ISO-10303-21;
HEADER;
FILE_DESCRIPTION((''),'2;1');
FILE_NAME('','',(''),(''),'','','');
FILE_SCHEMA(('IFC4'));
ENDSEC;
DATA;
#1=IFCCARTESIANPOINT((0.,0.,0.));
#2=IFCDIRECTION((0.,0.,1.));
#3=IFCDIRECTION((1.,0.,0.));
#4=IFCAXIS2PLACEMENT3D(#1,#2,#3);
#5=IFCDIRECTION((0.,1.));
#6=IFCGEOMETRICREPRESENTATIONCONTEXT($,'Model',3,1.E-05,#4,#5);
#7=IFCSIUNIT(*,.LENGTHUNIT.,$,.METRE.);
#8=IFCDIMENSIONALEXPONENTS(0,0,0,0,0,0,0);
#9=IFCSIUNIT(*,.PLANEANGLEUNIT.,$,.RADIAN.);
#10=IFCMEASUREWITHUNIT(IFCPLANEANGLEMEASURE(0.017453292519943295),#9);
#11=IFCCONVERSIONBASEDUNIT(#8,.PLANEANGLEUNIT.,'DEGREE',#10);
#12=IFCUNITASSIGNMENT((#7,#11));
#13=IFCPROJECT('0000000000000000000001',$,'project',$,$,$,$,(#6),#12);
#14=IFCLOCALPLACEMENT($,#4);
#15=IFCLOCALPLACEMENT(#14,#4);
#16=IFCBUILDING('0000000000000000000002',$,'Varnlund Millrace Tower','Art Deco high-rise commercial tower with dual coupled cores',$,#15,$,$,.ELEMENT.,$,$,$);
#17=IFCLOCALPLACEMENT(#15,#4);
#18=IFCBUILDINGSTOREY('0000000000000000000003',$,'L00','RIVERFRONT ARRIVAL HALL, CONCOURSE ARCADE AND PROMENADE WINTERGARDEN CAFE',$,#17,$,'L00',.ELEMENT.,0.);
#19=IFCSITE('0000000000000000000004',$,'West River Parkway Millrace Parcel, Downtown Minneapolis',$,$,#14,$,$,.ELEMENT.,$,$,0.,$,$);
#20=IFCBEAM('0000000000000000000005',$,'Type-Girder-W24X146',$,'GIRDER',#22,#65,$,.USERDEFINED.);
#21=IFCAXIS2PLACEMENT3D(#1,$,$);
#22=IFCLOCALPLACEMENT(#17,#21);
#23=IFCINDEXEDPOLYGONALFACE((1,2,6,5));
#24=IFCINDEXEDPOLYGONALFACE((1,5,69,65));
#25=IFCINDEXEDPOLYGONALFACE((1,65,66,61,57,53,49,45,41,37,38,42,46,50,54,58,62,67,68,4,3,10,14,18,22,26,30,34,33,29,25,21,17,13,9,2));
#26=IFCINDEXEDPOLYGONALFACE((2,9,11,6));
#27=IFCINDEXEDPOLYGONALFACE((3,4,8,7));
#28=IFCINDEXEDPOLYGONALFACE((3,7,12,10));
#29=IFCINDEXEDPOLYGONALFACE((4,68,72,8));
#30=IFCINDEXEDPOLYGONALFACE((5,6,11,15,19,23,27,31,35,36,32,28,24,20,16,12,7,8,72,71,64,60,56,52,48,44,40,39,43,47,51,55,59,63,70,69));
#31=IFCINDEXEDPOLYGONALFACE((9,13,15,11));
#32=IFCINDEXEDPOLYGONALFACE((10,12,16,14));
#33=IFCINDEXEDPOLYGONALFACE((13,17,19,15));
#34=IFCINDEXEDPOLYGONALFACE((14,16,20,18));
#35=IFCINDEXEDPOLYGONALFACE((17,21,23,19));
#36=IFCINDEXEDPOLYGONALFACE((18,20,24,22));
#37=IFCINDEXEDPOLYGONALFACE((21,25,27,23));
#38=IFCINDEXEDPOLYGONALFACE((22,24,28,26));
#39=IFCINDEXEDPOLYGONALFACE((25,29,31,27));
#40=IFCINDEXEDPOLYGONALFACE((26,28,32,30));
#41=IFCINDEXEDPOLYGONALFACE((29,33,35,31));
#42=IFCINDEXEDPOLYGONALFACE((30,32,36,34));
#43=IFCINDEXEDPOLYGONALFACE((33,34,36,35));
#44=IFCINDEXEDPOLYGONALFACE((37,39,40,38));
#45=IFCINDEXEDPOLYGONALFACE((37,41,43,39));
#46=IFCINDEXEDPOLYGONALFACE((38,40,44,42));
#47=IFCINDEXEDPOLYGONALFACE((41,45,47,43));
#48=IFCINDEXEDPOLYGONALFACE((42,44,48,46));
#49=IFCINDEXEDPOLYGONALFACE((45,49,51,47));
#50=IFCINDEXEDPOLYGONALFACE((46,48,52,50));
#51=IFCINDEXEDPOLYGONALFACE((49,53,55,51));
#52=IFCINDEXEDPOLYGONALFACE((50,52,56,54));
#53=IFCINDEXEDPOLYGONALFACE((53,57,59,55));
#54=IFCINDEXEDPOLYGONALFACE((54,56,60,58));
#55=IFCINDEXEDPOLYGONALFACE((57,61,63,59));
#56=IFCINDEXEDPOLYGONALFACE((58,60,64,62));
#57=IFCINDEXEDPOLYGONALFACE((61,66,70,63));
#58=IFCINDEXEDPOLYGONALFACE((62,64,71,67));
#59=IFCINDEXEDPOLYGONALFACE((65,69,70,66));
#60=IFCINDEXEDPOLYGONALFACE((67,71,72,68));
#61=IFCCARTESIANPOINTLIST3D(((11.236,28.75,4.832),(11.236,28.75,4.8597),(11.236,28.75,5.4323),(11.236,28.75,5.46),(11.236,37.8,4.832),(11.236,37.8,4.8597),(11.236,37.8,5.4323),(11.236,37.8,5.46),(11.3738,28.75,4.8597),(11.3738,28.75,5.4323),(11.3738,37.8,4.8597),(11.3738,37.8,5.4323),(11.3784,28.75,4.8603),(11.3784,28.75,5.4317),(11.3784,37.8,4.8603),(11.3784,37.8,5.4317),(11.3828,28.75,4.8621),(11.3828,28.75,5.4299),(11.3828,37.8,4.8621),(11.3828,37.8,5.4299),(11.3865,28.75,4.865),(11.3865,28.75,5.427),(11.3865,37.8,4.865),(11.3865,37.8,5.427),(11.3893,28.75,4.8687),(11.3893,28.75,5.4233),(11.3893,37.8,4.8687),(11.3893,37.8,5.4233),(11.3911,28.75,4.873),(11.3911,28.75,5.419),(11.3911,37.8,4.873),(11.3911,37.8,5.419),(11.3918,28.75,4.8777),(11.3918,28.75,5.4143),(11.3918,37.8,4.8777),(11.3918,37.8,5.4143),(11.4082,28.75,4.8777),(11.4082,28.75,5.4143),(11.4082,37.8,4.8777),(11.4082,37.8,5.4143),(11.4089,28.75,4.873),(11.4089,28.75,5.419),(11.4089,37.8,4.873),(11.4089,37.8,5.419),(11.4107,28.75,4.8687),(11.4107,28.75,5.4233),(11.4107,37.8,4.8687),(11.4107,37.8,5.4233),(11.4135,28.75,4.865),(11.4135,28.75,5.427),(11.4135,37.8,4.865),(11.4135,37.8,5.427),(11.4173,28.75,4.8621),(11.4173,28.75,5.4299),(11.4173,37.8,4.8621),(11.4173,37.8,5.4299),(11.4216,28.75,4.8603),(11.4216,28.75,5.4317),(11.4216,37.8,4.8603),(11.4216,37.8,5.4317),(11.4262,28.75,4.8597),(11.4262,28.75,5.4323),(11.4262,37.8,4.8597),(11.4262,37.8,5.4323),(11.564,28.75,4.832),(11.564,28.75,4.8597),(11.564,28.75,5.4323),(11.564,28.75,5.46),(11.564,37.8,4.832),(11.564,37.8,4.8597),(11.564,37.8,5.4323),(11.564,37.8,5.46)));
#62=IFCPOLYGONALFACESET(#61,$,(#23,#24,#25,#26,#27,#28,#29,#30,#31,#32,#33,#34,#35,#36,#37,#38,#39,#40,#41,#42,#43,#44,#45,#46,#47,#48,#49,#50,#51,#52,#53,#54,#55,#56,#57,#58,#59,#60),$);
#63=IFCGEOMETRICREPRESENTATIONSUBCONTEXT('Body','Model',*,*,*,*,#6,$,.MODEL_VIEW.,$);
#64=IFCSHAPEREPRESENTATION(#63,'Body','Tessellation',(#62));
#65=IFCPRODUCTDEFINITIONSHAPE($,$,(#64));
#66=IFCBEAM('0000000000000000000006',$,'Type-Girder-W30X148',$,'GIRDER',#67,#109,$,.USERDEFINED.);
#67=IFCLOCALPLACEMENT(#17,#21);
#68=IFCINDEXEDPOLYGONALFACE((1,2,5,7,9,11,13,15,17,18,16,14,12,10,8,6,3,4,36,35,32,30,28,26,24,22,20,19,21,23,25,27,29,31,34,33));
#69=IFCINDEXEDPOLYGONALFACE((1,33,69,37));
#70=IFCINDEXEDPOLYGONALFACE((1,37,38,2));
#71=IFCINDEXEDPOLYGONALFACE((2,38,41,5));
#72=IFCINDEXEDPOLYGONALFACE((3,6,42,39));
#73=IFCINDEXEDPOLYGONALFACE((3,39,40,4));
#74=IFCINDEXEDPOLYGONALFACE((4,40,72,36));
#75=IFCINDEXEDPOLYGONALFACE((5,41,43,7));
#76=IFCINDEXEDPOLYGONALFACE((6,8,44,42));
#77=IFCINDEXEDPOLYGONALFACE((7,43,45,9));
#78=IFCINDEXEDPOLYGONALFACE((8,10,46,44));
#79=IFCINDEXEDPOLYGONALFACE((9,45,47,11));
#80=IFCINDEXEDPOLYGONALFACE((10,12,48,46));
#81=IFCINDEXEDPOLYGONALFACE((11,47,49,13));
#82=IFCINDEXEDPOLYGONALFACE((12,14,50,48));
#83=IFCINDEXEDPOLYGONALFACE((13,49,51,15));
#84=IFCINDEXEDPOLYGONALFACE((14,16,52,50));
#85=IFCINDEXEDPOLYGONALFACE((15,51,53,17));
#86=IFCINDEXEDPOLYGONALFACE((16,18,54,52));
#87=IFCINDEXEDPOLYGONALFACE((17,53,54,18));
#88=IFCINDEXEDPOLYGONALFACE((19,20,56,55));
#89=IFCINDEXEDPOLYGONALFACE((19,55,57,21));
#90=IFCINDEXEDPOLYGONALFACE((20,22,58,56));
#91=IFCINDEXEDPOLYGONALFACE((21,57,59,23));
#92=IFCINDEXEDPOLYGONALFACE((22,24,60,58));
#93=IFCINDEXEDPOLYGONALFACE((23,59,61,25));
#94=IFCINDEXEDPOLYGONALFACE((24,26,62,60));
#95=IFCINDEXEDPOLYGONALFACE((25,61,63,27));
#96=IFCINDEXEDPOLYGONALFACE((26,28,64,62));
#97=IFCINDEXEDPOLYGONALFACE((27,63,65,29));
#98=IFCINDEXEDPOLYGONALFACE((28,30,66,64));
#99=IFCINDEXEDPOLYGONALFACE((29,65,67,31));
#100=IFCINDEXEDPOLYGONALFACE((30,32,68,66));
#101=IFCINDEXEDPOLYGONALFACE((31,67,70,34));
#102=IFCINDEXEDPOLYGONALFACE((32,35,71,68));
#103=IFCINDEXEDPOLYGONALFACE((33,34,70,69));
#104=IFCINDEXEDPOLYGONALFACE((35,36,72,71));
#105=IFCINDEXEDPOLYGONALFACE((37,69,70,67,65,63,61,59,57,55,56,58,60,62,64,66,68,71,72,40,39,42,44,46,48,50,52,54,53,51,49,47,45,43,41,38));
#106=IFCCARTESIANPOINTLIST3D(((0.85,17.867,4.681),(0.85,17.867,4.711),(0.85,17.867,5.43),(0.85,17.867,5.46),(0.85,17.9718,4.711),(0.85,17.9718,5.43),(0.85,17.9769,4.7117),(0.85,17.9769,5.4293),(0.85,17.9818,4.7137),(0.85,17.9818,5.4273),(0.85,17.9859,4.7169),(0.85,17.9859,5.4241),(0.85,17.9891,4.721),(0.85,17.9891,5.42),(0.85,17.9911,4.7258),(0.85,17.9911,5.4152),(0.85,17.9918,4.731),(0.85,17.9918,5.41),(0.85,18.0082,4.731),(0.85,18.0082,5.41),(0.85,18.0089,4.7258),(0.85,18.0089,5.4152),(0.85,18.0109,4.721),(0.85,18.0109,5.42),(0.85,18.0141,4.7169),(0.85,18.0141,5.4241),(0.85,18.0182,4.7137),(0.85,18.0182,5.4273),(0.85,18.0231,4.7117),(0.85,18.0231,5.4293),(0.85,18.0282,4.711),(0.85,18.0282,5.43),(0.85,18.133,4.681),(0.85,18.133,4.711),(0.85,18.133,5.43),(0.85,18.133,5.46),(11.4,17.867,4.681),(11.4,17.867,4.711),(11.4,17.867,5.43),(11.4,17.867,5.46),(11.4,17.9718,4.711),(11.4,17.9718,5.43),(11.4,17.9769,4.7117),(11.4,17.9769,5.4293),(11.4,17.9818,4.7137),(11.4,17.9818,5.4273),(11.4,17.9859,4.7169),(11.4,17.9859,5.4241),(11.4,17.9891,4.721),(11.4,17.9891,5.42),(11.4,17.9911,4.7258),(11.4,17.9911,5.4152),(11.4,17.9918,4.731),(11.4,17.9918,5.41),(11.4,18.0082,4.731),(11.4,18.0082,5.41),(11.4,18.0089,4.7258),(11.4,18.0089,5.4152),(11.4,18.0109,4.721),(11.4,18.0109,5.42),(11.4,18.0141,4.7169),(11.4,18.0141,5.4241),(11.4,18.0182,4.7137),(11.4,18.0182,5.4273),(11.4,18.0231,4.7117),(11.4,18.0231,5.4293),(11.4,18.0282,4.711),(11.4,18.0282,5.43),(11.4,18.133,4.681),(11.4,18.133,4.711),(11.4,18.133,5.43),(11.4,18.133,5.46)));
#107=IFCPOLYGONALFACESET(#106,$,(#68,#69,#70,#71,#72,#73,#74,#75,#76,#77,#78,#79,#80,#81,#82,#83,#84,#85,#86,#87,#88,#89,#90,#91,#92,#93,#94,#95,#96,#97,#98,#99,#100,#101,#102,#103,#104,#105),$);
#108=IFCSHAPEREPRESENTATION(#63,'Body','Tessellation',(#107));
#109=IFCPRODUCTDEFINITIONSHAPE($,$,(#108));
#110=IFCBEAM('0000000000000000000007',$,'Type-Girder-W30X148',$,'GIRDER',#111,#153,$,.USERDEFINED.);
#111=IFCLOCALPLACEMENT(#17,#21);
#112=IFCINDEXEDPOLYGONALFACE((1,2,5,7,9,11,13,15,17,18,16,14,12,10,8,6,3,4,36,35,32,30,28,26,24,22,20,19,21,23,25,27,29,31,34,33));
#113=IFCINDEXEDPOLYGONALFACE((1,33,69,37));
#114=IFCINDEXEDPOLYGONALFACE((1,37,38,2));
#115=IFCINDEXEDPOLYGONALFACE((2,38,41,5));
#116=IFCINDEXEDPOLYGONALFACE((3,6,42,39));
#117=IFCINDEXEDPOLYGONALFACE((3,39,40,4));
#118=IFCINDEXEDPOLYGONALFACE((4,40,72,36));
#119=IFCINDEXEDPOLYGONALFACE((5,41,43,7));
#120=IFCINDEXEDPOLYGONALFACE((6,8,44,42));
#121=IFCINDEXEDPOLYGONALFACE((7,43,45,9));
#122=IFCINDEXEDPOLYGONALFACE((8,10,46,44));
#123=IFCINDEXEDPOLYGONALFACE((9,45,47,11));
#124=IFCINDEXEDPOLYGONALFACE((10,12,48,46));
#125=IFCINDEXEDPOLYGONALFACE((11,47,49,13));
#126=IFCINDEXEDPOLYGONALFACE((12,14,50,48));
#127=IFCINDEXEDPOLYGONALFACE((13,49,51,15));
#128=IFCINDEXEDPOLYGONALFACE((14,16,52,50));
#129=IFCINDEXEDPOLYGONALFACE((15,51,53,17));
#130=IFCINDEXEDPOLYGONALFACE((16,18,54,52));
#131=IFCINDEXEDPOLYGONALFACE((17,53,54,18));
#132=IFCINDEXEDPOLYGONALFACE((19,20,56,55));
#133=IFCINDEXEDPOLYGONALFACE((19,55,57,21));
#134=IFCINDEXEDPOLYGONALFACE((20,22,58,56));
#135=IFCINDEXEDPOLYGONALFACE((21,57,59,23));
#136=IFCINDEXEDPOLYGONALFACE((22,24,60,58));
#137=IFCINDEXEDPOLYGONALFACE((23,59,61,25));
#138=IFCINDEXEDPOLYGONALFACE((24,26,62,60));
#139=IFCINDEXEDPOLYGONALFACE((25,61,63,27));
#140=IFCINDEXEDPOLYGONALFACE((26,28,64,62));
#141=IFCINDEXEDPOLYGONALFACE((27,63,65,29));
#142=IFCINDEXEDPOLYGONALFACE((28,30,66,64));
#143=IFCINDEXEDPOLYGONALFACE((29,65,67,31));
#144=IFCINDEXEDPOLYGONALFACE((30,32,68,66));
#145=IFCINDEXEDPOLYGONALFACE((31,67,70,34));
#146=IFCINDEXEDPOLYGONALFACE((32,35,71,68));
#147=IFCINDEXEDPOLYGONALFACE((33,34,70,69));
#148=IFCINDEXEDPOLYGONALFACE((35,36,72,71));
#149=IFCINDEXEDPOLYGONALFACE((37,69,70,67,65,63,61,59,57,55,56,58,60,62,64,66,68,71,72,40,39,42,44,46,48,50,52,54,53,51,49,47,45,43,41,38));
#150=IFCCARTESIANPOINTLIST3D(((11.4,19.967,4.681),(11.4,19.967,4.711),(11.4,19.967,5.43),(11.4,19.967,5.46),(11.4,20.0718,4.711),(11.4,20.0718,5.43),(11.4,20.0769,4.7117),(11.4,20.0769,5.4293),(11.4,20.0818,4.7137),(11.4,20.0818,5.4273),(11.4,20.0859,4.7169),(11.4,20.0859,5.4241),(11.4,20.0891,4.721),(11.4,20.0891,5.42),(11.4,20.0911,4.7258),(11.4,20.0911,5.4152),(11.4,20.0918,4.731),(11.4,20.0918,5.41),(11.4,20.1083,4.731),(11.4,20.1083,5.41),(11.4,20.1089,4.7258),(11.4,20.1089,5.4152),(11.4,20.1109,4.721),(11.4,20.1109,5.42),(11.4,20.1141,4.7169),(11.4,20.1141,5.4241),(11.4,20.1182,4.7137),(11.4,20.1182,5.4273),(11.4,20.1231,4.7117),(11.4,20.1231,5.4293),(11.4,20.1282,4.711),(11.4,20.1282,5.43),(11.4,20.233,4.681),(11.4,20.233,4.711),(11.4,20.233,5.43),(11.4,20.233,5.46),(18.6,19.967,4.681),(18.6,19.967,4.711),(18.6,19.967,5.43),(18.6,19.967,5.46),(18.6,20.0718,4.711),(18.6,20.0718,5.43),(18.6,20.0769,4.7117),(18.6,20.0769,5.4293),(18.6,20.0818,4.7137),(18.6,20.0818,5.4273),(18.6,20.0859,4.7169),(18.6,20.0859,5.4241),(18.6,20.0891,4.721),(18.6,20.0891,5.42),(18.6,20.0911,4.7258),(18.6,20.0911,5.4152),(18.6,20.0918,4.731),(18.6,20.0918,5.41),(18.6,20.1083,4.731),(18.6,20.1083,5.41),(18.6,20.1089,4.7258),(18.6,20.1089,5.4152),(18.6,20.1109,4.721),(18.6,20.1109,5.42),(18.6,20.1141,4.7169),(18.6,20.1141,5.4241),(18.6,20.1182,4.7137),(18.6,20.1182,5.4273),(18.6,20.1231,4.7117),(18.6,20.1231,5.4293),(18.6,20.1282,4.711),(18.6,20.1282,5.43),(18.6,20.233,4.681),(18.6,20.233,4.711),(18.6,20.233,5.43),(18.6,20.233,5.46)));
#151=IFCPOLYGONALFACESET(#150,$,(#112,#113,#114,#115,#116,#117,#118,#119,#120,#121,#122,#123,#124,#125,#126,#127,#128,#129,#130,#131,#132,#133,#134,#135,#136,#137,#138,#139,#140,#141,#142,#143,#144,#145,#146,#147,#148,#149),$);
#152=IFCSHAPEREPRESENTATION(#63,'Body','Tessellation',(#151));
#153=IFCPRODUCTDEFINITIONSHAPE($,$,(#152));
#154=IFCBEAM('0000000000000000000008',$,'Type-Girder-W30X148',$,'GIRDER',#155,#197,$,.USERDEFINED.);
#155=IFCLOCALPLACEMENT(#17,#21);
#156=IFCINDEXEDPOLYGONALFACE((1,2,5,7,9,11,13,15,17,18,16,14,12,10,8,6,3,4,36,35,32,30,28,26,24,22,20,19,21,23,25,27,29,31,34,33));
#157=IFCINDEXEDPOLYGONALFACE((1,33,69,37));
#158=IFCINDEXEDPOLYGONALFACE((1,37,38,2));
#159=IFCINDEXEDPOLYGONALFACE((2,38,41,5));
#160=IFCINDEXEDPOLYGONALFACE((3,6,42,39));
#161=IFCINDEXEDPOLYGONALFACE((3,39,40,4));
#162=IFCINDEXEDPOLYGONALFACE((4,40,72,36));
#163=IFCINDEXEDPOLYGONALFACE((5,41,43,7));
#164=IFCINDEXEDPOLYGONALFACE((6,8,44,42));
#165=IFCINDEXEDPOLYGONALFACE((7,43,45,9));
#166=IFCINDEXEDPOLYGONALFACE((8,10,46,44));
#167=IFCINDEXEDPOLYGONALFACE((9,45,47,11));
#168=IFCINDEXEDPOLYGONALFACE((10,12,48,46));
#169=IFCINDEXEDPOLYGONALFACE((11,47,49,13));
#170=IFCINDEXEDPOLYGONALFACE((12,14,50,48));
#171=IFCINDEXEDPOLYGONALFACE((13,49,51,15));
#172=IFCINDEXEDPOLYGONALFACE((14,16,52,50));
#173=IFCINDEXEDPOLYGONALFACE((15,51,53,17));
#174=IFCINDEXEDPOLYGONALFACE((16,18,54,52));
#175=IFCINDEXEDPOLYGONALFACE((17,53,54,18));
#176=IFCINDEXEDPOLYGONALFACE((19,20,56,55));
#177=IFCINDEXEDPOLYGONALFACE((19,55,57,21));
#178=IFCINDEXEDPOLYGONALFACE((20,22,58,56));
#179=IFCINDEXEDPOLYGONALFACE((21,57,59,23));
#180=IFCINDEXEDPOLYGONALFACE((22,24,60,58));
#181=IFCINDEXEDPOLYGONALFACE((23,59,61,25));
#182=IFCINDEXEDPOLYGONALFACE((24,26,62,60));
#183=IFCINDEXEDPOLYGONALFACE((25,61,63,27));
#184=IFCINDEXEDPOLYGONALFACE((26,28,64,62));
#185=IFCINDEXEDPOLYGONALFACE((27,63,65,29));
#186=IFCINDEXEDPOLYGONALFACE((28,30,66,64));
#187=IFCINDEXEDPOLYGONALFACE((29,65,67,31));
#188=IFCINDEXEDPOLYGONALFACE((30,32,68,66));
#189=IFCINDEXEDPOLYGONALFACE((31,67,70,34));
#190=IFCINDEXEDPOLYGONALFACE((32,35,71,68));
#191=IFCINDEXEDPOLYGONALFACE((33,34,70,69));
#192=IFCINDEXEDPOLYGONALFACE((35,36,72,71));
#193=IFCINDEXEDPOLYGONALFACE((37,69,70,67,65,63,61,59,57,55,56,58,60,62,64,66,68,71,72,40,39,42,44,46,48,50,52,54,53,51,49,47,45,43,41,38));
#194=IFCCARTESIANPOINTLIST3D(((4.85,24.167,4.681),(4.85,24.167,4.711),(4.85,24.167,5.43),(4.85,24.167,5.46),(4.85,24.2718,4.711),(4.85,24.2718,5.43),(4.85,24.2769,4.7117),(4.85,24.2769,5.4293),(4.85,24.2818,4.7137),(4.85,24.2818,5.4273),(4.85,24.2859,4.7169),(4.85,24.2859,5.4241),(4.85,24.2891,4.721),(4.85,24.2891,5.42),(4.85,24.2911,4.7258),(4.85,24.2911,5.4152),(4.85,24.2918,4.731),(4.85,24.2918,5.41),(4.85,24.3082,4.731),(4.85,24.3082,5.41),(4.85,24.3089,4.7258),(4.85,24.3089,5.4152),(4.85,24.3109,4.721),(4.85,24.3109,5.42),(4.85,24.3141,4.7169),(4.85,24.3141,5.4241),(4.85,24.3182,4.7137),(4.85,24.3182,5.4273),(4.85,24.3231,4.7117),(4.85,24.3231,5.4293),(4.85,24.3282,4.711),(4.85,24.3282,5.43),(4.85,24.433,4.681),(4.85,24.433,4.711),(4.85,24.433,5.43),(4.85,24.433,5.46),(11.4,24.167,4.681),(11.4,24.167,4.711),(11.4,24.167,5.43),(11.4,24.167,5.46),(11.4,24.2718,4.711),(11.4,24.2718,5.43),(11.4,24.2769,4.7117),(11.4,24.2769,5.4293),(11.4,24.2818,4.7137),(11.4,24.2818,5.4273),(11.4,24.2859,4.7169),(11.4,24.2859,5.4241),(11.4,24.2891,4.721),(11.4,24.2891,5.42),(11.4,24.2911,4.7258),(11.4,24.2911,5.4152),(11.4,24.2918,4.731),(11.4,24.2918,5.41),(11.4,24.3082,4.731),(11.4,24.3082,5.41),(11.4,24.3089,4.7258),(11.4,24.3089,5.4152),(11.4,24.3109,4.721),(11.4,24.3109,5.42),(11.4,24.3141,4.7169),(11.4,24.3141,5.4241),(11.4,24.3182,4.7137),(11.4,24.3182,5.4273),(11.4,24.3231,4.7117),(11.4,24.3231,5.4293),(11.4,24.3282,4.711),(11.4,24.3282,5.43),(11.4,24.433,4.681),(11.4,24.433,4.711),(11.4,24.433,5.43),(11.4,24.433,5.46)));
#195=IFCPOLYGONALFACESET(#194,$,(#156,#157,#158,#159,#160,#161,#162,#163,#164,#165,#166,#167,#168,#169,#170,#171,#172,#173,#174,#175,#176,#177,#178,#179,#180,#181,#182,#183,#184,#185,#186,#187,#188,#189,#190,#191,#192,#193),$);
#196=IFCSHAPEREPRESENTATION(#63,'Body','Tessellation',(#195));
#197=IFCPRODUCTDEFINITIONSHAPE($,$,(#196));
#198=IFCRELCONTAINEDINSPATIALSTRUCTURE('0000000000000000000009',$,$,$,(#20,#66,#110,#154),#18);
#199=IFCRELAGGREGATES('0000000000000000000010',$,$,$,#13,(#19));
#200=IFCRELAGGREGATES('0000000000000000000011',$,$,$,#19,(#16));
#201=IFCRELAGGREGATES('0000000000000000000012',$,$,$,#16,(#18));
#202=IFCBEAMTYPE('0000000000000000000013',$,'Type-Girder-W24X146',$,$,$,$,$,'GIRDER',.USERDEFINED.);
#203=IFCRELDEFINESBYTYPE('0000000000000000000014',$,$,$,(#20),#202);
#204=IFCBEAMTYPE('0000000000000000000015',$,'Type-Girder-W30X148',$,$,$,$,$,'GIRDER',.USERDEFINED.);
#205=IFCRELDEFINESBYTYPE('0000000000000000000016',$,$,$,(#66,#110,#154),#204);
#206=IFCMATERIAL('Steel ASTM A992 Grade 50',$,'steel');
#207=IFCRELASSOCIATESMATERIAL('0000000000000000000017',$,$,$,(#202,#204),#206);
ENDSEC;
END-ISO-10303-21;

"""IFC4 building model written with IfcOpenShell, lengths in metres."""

from ifc_helpers import new_model, entity, si_unit, converted_unit, direction, frame, origin_with_axes, origin_2d_with_axis, place, context, subcontext, project, spatial, i_section, extrude, material, material_profile, profile_set, type_object, element, save


model = new_model("IFC4")

# Units and contexts
model_context = context("Model", 3, precision=1e-05, world=origin_with_axes(), true_north=direction((0.0, 1.0)))
body_context = subcontext(model_context, "Body", "Model", "MODEL_VIEW")
ifc_project = project(units=[si_unit("LENGTHUNIT", "METRE"), converted_unit("PLANEANGLEUNIT", "DEGREE", entity("IfcPlaneAngleMeasure", 0.017453292519943295), si_unit("PLANEANGLEUNIT", "RADIAN"), dimensions=[0, 0, 0, 0, 0, 0, 0])], contexts=[model_context])

# Site, building, storey
site_placement = place(None, origin_with_axes())
site = spatial("IfcSite", under=ifc_project, at=site_placement, Name="West River Parkway Millrace Parcel, Downtown Minneapolis", CompositionType="ELEMENT", RefElevation=0.0)
building_placement = place(site_placement, origin_with_axes())
building = spatial("IfcBuilding", under=site, at=building_placement, Name="Varnlund Millrace Tower", Description="Art Deco high-rise commercial tower with dual coupled cores", CompositionType="ELEMENT")
storey_placement = place(building_placement, origin_with_axes())
storey = spatial("IfcBuildingStorey", under=building, at=storey_placement, Name="L00", Description="RIVERFRONT ARRIVAL HALL, CONCOURSE ARCADE AND PROMENADE WINTERGARDEN CAFE", LongName="L00", CompositionType="ELEMENT", Elevation=0.0)

# Beams
ifc_material_1 = material(Name="Steel ASTM A992 Grade 50", Category="steel")
ifc_material_profile_1 = material_profile(ifc_material_1, i_section(OverallWidth=0.328, OverallDepth=0.628, WebThickness=0.0165, FlangeThickness=0.0277, FilletRadius=0.018, at=origin_2d_with_axis()), Name="Steel ASTM A992 Grade 50")
ifc_profile_set_1 = profile_set([ifc_material_profile_1], Name="Steel ASTM A992 Grade 50")
beam_type_1 = type_object("IfcBeamType", Name="Type-Girder-W24X146", ElementType="GIRDER", PredefinedType="USERDEFINED", material=ifc_profile_set_1)
beam_1_placement = place(storey_placement, frame((11.4, 28.75, 5.146), z_axis=(0.0, 1.0, 0.0), x_axis=(-1.0, 0.0, 0.0)))
element("IfcBeam", 1, at=beam_1_placement, inside=storey, type_object=beam_type_1, Name="Type-Girder-W24X146", ObjectType="GIRDER", PredefinedType="USERDEFINED", context=body_context, shape_type="SweptSolid", body=[
    extrude(i_section(OverallWidth=0.328, OverallDepth=0.628, WebThickness=0.0165, FlangeThickness=0.0277, FilletRadius=0.018, at=origin_2d_with_axis()), origin_with_axes(), (0.0, 0.0, 1.0), 9.05),
])
ifc_material_profile_2 = material_profile(ifc_material_1, i_section(OverallWidth=0.266, OverallDepth=0.779, WebThickness=0.0165, FlangeThickness=0.03, FilletRadius=0.02, at=origin_2d_with_axis()), Name="Steel ASTM A992 Grade 50")
ifc_profile_set_2 = profile_set([ifc_material_profile_2], Name="Steel ASTM A992 Grade 50")
beam_type_2 = type_object("IfcBeamType", Name="Type-Girder-W30X148", ElementType="GIRDER", PredefinedType="USERDEFINED", material=ifc_profile_set_2)
beam_2_placement = place(storey_placement, frame((0.85, 18.0, 5.0705), z_axis=(1.0, 0.0, 0.0), x_axis=(0.0, 1.0, 0.0)))
element("IfcBeam", 2, at=beam_2_placement, inside=storey, type_object=beam_type_2, Name="Type-Girder-W30X148", ObjectType="GIRDER", PredefinedType="USERDEFINED", context=body_context, shape_type="SweptSolid", body=[
    extrude(i_section(OverallWidth=0.266, OverallDepth=0.779, WebThickness=0.0165, FlangeThickness=0.03, FilletRadius=0.02, at=origin_2d_with_axis()), origin_with_axes(), (0.0, 0.0, 1.0), 10.55),
])
beam_3_placement = place(storey_placement, frame((11.4, 20.1, 5.0705), z_axis=(1.0, 0.0, 0.0), x_axis=(0.0, 1.0, 0.0)))
element("IfcBeam", 3, at=beam_3_placement, inside=storey, type_object=beam_type_2, Name="Type-Girder-W30X148", ObjectType="GIRDER", PredefinedType="USERDEFINED", context=body_context, shape_type="SweptSolid", body=[
    extrude(i_section(OverallWidth=0.266, OverallDepth=0.779, WebThickness=0.0165, FlangeThickness=0.03, FilletRadius=0.02, at=origin_2d_with_axis()), origin_with_axes(), (0.0, 0.0, 1.0), 7.2),
])
beam_4_placement = place(storey_placement, frame((4.85, 24.3, 5.0705), z_axis=(1.0, 0.0, 0.0), x_axis=(0.0, 1.0, 0.0)))
element("IfcBeam", 4, at=beam_4_placement, inside=storey, type_object=beam_type_2, Name="Type-Girder-W30X148", ObjectType="GIRDER", PredefinedType="USERDEFINED", context=body_context, shape_type="SweptSolid", body=[
    extrude(i_section(OverallWidth=0.266, OverallDepth=0.779, WebThickness=0.0165, FlangeThickness=0.03, FilletRadius=0.02, at=origin_2d_with_axis()), origin_with_axes(), (0.0, 0.0, 1.0), 6.55),
])

save(model, "model.ifc")
